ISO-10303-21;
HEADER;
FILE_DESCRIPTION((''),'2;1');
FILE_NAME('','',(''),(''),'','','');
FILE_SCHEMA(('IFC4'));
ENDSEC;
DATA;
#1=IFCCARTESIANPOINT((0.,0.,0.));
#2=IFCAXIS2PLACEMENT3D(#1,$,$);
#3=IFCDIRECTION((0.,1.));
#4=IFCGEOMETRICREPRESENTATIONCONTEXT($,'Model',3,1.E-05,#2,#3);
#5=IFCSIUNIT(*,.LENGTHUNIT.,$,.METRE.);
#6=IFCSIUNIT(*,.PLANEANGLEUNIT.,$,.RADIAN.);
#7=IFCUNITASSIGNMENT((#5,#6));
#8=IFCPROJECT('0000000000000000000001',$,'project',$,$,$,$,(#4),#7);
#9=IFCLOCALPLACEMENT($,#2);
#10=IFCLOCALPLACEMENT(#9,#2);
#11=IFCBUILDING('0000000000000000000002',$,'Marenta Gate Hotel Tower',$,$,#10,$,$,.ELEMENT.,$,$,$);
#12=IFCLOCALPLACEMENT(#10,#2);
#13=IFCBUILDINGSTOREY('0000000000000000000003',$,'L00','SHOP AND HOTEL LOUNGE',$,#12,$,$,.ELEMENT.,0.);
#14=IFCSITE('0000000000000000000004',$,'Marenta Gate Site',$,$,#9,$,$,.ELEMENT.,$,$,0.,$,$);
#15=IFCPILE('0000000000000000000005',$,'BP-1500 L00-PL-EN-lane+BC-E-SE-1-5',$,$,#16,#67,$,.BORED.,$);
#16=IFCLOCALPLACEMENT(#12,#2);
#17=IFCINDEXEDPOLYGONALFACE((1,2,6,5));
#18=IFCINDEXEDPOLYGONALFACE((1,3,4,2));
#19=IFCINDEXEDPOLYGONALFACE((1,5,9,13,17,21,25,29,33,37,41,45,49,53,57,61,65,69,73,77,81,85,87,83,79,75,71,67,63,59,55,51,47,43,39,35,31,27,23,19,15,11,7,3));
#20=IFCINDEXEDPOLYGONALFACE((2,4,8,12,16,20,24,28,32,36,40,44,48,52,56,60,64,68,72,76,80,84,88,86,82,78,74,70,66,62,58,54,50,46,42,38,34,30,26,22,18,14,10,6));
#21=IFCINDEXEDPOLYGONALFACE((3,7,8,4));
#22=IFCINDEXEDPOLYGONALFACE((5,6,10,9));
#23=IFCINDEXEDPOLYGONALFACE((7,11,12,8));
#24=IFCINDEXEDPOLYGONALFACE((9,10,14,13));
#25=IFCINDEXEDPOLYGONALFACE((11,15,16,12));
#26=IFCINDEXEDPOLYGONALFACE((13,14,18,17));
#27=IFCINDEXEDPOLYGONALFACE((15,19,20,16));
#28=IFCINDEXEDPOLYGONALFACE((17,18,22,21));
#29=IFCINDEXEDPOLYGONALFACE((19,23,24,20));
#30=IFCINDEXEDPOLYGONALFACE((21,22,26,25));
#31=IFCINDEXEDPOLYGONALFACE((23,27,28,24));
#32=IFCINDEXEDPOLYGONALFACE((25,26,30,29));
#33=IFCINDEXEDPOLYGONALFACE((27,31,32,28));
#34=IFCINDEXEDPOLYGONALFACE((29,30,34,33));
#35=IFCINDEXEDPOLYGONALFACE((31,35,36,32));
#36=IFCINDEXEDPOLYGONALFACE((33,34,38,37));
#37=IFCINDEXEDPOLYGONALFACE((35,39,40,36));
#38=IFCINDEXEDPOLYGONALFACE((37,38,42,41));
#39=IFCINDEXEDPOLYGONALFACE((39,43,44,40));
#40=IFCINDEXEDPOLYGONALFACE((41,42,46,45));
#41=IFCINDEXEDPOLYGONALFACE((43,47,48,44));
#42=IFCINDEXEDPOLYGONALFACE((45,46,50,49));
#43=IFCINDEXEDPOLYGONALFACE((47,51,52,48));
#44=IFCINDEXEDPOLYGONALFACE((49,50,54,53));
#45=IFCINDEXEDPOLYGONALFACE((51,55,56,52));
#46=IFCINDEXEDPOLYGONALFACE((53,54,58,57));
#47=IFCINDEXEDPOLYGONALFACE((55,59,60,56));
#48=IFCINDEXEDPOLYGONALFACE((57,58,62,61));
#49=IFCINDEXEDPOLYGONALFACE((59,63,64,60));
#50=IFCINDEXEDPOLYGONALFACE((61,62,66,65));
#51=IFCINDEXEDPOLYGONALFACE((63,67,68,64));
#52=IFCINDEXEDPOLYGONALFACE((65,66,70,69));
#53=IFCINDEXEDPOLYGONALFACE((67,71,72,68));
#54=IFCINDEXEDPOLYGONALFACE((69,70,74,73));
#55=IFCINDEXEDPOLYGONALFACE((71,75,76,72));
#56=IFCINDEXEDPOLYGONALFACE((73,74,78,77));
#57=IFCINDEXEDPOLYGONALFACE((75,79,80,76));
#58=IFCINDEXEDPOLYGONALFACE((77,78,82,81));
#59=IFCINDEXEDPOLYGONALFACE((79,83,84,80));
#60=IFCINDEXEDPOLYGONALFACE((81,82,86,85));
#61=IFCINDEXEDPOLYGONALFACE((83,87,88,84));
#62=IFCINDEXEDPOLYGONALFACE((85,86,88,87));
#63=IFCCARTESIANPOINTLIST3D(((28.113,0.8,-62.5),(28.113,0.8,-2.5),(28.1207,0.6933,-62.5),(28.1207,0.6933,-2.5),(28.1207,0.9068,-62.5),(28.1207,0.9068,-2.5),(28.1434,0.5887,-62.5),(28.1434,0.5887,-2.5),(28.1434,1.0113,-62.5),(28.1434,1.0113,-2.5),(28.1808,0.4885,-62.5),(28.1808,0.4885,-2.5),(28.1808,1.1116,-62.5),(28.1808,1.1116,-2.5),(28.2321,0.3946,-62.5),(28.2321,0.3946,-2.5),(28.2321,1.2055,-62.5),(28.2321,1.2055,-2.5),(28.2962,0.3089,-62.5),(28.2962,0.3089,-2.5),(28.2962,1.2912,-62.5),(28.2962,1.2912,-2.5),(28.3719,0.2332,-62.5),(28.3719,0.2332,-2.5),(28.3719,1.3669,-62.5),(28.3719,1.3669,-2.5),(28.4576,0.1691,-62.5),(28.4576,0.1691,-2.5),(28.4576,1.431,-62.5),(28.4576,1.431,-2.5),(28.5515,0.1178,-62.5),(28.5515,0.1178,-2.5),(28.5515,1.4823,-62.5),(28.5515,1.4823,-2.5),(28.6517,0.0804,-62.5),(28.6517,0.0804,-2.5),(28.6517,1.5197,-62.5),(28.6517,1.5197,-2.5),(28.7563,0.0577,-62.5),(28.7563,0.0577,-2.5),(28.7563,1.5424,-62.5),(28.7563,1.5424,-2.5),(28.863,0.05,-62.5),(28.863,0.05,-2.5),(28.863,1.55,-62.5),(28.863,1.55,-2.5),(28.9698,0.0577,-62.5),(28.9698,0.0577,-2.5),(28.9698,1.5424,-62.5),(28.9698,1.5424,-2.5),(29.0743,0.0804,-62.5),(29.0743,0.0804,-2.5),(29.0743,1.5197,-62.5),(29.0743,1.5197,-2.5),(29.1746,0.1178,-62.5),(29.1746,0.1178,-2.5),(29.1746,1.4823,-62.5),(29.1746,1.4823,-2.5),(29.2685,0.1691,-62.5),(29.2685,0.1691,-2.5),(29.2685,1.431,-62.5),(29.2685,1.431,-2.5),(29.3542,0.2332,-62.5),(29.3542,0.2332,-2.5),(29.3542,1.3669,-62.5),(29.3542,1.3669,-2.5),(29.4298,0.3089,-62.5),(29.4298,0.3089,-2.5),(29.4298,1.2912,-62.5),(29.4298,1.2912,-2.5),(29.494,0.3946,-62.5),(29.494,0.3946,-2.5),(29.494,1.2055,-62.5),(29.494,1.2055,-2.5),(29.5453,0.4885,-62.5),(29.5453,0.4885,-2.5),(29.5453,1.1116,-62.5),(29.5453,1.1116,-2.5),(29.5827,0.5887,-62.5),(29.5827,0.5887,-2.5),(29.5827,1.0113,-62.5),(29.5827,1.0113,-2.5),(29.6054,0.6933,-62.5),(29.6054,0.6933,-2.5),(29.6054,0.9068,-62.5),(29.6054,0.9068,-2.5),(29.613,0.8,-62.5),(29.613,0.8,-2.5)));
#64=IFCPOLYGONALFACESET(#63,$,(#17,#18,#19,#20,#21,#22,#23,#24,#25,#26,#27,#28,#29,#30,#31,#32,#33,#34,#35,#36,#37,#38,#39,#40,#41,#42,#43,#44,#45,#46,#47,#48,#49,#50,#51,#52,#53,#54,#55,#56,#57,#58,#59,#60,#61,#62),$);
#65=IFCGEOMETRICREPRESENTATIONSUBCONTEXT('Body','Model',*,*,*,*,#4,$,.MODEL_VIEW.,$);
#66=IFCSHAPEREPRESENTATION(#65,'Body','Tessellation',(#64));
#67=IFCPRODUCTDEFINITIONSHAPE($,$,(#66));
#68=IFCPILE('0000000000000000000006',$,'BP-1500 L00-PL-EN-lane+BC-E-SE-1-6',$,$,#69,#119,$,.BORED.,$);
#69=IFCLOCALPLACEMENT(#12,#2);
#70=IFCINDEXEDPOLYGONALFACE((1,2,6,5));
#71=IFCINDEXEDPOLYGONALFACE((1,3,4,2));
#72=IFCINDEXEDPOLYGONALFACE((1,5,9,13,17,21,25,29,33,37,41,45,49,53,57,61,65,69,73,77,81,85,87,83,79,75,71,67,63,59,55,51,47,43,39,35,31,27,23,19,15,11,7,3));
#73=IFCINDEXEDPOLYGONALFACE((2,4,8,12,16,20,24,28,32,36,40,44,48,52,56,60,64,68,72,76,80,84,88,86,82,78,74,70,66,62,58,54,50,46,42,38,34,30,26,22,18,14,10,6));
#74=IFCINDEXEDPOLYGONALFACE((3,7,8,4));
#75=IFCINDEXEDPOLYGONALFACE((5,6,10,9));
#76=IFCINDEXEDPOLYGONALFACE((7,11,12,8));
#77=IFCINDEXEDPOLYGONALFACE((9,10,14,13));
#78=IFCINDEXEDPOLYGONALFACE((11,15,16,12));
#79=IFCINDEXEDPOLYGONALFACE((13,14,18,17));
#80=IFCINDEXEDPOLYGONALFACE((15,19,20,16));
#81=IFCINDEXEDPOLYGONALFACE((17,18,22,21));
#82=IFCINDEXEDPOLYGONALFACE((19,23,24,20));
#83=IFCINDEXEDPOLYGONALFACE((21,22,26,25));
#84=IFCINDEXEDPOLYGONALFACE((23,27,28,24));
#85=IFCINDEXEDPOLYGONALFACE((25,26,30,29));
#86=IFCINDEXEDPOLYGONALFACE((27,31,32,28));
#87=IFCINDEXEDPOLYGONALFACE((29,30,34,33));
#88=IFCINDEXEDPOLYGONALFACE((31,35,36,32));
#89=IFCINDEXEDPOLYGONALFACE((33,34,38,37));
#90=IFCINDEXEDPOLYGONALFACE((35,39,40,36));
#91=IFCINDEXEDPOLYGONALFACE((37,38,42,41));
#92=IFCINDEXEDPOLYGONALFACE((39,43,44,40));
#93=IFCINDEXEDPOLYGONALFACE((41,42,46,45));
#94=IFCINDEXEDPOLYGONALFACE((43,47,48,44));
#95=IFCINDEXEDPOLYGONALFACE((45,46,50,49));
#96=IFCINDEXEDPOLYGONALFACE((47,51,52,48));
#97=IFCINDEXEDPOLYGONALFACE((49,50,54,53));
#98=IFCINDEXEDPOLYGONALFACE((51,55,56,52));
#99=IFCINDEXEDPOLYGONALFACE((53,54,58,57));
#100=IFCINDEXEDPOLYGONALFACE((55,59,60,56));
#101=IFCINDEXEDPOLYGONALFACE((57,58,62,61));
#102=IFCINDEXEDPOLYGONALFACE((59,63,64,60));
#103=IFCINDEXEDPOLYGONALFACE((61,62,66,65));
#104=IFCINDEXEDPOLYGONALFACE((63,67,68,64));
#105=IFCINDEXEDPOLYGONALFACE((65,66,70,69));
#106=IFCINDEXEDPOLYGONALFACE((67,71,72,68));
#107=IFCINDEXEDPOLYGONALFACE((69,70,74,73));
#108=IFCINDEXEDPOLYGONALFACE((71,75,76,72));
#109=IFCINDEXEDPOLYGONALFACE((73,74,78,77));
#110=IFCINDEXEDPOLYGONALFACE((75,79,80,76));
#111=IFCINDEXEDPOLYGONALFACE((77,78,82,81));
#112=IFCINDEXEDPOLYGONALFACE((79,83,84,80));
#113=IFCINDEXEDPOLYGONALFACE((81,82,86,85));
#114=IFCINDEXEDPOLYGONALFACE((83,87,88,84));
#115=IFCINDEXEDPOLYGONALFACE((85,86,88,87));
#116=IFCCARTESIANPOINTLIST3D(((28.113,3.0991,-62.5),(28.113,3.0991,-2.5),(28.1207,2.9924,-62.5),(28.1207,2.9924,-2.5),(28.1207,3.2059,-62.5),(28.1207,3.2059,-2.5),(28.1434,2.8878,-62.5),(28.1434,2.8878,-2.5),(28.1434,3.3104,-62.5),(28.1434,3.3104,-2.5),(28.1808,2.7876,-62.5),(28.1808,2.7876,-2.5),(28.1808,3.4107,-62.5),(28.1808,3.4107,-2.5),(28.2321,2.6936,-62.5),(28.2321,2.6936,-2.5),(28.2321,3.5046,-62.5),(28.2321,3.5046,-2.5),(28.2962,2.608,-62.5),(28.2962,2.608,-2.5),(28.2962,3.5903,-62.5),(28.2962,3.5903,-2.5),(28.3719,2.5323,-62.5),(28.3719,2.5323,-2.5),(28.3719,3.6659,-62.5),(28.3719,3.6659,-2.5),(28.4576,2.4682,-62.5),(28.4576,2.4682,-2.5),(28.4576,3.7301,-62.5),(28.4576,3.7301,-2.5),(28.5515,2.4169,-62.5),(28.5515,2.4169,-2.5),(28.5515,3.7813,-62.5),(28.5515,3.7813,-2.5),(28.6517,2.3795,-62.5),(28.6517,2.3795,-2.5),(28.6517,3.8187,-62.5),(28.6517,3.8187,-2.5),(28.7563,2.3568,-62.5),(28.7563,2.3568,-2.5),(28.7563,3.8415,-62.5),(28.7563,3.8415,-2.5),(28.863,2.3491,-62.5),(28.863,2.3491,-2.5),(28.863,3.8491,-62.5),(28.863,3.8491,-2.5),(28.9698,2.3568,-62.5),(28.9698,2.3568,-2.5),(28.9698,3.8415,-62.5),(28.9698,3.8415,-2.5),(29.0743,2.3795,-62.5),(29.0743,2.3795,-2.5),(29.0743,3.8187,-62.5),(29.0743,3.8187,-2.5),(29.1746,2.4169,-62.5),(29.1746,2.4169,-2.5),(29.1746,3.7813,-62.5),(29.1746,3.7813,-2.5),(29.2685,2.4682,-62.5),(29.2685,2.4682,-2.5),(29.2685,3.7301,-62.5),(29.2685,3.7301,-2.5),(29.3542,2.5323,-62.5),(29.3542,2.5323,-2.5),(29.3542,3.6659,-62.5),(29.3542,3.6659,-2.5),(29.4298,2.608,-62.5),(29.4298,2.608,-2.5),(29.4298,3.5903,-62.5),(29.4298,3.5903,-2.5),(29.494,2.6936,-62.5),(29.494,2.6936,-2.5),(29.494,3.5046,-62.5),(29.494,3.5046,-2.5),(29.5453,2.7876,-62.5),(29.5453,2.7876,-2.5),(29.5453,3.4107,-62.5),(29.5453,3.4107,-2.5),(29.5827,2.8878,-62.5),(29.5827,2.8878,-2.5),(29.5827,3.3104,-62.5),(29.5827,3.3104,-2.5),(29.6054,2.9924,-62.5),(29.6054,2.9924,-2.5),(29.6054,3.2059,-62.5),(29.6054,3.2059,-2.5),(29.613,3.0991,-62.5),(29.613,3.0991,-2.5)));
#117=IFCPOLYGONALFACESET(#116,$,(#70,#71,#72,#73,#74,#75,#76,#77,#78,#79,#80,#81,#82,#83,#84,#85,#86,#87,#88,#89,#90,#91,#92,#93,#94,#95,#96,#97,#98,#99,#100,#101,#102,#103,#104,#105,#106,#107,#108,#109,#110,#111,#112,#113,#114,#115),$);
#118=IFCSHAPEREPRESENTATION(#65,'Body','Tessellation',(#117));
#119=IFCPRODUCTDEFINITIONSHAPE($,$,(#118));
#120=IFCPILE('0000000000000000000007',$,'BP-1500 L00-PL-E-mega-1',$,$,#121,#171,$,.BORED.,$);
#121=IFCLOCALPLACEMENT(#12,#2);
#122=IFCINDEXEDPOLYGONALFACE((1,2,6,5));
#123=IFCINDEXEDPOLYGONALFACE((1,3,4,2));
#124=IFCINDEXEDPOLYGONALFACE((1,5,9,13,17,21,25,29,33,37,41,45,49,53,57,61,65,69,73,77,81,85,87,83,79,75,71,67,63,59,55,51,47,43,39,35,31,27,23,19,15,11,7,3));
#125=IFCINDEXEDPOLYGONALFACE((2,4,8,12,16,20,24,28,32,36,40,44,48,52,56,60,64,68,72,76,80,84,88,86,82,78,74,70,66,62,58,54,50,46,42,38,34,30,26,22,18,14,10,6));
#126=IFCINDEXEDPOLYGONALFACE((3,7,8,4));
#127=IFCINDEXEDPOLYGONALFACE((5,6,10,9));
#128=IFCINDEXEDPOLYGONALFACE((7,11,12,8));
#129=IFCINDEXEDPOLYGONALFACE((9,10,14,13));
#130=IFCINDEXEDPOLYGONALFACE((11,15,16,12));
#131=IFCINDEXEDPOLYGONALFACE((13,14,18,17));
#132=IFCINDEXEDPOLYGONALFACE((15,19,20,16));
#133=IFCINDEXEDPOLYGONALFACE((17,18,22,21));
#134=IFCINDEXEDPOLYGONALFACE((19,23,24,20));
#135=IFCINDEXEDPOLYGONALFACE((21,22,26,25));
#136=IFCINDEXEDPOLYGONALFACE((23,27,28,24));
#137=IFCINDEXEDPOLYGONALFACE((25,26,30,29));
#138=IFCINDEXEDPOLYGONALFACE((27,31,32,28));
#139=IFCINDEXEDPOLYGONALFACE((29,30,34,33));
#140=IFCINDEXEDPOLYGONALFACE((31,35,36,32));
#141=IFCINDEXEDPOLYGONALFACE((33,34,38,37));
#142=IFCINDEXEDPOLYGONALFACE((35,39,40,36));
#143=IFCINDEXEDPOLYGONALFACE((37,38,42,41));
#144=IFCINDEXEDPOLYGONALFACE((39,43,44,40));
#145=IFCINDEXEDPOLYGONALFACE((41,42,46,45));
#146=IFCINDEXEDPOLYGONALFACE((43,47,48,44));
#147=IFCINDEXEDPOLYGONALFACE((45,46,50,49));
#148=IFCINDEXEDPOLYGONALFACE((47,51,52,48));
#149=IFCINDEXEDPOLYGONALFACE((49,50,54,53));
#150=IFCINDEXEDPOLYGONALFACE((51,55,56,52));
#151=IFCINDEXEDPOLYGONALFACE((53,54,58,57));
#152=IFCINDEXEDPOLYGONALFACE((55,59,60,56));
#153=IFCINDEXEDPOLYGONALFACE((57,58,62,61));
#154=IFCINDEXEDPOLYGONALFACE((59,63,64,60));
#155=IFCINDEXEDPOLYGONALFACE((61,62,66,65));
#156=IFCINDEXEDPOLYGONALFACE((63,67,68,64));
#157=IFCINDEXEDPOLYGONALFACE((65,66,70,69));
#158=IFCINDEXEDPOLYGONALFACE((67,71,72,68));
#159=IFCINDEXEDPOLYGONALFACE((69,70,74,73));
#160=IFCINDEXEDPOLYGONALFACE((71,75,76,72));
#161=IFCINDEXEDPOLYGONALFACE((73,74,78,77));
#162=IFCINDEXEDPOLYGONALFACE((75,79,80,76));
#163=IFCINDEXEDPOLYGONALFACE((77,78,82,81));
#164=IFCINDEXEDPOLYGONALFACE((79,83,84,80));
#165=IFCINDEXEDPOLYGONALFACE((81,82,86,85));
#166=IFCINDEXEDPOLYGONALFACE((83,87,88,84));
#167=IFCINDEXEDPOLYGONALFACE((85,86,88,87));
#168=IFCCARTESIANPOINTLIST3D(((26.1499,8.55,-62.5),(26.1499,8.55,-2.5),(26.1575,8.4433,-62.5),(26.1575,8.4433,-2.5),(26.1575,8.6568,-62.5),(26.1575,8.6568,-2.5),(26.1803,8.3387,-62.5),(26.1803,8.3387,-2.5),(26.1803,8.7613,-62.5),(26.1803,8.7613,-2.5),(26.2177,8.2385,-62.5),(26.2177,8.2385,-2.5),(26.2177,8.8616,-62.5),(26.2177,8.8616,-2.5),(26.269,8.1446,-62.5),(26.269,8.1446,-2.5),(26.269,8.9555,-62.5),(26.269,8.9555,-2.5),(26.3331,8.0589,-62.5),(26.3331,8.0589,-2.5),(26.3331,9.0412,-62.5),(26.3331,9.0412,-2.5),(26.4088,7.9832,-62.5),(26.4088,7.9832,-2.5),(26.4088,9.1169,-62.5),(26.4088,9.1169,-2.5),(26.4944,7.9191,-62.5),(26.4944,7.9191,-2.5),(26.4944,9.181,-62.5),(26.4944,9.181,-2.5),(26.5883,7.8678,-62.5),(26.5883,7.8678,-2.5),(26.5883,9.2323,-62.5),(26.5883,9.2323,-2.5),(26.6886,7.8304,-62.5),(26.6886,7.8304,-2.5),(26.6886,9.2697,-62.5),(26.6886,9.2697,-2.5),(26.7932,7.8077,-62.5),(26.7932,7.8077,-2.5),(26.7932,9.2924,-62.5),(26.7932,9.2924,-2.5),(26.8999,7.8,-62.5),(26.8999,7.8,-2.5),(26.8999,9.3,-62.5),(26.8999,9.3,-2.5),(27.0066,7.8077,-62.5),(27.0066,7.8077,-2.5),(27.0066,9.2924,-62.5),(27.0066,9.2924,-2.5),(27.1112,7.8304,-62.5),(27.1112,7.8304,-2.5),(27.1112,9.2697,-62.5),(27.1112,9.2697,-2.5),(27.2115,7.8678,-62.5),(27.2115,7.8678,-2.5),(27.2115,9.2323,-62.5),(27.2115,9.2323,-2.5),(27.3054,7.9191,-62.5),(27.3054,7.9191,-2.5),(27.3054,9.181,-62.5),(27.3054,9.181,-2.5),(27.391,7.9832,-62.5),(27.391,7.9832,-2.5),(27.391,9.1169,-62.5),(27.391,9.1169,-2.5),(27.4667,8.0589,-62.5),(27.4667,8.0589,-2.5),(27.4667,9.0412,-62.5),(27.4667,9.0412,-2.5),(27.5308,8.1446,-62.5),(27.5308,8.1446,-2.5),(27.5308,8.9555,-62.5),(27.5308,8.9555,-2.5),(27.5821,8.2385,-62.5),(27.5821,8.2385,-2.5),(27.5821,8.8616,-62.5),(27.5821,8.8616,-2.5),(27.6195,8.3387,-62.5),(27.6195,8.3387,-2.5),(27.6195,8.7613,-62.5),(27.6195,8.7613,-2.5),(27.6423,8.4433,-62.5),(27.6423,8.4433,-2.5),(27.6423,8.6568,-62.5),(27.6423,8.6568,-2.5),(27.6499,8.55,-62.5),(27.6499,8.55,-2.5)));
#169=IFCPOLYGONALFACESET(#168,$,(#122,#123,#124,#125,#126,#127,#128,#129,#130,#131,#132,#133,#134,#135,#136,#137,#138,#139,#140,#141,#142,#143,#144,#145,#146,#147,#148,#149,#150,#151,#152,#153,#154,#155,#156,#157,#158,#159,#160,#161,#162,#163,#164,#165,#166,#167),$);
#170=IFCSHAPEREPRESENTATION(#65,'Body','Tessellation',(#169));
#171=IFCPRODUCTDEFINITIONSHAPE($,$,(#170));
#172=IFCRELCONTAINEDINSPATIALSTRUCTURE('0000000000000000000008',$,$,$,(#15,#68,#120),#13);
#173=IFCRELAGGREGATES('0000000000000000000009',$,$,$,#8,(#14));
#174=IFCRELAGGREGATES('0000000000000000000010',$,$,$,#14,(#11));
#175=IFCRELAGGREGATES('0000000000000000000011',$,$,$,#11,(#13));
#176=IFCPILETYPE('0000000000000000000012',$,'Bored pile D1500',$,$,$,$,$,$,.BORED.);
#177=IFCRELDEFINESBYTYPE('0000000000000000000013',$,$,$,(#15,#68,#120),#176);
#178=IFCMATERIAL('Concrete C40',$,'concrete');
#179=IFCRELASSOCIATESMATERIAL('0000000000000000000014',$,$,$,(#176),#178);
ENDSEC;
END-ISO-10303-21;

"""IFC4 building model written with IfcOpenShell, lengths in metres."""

from ifc_helpers import new_model, si_unit, direction, frame, origin, origin_2d, place, context, subcontext, project, spatial, circle, extrude, material, type_object, element, save


model = new_model("IFC4")

# Units and contexts
model_context = context("Model", 3, precision=1e-05, world=origin(), true_north=direction((0.0, 1.0)))
body_context = subcontext(model_context, "Body", "Model", "MODEL_VIEW")
ifc_project = project(units=[si_unit("LENGTHUNIT", "METRE"), si_unit("PLANEANGLEUNIT", "RADIAN")], contexts=[model_context])

# Site, building, storey
site_placement = place(None, origin())
site = spatial("IfcSite", under=ifc_project, at=site_placement, Name="Marenta Gate Site", CompositionType="ELEMENT", RefElevation=0.0)
building_placement = place(site_placement, origin())
building = spatial("IfcBuilding", under=site, at=building_placement, Name="Marenta Gate Hotel Tower", CompositionType="ELEMENT")
storey_placement = place(building_placement, origin())
storey = spatial("IfcBuildingStorey", under=building, at=storey_placement, Name="L00", Description="SHOP AND HOTEL LOUNGE", CompositionType="ELEMENT", Elevation=0.0)

# Piles
ifc_material_1 = material(Name="Concrete C40", Category="concrete")
pile_type = type_object("IfcPileType", Name="Bored pile D1500", PredefinedType="BORED", material=ifc_material_1)
for number, where, z_axis, x_axis, name in (
    (1, (28.863, 0.8, -2.5), (0.0, 0.0, -1.0), (1.0, 0.0, 0.0), "BP-1500 L00-PL-EN-lane+BC-E-SE-1-5"),
    (2, (28.863, 3.0991, -2.5), (0.0, 0.0, -1.0), (1.0, 0.0, 0.0), "BP-1500 L00-PL-EN-lane+BC-E-SE-1-6"),
    (3, (26.8999, 8.55, -2.5), (0.0, 0.0, -1.0), (1.0, 0.0, 0.0), "BP-1500 L00-PL-E-mega-1"),
):
    element("IfcPile", number, at=place(storey_placement, frame(where, z_axis=z_axis, x_axis=x_axis)), inside=storey, type_object=pile_type, Name=name, PredefinedType="BORED", context=body_context, shape_type="SweptSolid", body=[
        extrude(circle(Radius=0.75, at=origin_2d()), origin(), (0.0, 0.0, 1.0), 60.0),
    ])

save(model, "model.ifc")
